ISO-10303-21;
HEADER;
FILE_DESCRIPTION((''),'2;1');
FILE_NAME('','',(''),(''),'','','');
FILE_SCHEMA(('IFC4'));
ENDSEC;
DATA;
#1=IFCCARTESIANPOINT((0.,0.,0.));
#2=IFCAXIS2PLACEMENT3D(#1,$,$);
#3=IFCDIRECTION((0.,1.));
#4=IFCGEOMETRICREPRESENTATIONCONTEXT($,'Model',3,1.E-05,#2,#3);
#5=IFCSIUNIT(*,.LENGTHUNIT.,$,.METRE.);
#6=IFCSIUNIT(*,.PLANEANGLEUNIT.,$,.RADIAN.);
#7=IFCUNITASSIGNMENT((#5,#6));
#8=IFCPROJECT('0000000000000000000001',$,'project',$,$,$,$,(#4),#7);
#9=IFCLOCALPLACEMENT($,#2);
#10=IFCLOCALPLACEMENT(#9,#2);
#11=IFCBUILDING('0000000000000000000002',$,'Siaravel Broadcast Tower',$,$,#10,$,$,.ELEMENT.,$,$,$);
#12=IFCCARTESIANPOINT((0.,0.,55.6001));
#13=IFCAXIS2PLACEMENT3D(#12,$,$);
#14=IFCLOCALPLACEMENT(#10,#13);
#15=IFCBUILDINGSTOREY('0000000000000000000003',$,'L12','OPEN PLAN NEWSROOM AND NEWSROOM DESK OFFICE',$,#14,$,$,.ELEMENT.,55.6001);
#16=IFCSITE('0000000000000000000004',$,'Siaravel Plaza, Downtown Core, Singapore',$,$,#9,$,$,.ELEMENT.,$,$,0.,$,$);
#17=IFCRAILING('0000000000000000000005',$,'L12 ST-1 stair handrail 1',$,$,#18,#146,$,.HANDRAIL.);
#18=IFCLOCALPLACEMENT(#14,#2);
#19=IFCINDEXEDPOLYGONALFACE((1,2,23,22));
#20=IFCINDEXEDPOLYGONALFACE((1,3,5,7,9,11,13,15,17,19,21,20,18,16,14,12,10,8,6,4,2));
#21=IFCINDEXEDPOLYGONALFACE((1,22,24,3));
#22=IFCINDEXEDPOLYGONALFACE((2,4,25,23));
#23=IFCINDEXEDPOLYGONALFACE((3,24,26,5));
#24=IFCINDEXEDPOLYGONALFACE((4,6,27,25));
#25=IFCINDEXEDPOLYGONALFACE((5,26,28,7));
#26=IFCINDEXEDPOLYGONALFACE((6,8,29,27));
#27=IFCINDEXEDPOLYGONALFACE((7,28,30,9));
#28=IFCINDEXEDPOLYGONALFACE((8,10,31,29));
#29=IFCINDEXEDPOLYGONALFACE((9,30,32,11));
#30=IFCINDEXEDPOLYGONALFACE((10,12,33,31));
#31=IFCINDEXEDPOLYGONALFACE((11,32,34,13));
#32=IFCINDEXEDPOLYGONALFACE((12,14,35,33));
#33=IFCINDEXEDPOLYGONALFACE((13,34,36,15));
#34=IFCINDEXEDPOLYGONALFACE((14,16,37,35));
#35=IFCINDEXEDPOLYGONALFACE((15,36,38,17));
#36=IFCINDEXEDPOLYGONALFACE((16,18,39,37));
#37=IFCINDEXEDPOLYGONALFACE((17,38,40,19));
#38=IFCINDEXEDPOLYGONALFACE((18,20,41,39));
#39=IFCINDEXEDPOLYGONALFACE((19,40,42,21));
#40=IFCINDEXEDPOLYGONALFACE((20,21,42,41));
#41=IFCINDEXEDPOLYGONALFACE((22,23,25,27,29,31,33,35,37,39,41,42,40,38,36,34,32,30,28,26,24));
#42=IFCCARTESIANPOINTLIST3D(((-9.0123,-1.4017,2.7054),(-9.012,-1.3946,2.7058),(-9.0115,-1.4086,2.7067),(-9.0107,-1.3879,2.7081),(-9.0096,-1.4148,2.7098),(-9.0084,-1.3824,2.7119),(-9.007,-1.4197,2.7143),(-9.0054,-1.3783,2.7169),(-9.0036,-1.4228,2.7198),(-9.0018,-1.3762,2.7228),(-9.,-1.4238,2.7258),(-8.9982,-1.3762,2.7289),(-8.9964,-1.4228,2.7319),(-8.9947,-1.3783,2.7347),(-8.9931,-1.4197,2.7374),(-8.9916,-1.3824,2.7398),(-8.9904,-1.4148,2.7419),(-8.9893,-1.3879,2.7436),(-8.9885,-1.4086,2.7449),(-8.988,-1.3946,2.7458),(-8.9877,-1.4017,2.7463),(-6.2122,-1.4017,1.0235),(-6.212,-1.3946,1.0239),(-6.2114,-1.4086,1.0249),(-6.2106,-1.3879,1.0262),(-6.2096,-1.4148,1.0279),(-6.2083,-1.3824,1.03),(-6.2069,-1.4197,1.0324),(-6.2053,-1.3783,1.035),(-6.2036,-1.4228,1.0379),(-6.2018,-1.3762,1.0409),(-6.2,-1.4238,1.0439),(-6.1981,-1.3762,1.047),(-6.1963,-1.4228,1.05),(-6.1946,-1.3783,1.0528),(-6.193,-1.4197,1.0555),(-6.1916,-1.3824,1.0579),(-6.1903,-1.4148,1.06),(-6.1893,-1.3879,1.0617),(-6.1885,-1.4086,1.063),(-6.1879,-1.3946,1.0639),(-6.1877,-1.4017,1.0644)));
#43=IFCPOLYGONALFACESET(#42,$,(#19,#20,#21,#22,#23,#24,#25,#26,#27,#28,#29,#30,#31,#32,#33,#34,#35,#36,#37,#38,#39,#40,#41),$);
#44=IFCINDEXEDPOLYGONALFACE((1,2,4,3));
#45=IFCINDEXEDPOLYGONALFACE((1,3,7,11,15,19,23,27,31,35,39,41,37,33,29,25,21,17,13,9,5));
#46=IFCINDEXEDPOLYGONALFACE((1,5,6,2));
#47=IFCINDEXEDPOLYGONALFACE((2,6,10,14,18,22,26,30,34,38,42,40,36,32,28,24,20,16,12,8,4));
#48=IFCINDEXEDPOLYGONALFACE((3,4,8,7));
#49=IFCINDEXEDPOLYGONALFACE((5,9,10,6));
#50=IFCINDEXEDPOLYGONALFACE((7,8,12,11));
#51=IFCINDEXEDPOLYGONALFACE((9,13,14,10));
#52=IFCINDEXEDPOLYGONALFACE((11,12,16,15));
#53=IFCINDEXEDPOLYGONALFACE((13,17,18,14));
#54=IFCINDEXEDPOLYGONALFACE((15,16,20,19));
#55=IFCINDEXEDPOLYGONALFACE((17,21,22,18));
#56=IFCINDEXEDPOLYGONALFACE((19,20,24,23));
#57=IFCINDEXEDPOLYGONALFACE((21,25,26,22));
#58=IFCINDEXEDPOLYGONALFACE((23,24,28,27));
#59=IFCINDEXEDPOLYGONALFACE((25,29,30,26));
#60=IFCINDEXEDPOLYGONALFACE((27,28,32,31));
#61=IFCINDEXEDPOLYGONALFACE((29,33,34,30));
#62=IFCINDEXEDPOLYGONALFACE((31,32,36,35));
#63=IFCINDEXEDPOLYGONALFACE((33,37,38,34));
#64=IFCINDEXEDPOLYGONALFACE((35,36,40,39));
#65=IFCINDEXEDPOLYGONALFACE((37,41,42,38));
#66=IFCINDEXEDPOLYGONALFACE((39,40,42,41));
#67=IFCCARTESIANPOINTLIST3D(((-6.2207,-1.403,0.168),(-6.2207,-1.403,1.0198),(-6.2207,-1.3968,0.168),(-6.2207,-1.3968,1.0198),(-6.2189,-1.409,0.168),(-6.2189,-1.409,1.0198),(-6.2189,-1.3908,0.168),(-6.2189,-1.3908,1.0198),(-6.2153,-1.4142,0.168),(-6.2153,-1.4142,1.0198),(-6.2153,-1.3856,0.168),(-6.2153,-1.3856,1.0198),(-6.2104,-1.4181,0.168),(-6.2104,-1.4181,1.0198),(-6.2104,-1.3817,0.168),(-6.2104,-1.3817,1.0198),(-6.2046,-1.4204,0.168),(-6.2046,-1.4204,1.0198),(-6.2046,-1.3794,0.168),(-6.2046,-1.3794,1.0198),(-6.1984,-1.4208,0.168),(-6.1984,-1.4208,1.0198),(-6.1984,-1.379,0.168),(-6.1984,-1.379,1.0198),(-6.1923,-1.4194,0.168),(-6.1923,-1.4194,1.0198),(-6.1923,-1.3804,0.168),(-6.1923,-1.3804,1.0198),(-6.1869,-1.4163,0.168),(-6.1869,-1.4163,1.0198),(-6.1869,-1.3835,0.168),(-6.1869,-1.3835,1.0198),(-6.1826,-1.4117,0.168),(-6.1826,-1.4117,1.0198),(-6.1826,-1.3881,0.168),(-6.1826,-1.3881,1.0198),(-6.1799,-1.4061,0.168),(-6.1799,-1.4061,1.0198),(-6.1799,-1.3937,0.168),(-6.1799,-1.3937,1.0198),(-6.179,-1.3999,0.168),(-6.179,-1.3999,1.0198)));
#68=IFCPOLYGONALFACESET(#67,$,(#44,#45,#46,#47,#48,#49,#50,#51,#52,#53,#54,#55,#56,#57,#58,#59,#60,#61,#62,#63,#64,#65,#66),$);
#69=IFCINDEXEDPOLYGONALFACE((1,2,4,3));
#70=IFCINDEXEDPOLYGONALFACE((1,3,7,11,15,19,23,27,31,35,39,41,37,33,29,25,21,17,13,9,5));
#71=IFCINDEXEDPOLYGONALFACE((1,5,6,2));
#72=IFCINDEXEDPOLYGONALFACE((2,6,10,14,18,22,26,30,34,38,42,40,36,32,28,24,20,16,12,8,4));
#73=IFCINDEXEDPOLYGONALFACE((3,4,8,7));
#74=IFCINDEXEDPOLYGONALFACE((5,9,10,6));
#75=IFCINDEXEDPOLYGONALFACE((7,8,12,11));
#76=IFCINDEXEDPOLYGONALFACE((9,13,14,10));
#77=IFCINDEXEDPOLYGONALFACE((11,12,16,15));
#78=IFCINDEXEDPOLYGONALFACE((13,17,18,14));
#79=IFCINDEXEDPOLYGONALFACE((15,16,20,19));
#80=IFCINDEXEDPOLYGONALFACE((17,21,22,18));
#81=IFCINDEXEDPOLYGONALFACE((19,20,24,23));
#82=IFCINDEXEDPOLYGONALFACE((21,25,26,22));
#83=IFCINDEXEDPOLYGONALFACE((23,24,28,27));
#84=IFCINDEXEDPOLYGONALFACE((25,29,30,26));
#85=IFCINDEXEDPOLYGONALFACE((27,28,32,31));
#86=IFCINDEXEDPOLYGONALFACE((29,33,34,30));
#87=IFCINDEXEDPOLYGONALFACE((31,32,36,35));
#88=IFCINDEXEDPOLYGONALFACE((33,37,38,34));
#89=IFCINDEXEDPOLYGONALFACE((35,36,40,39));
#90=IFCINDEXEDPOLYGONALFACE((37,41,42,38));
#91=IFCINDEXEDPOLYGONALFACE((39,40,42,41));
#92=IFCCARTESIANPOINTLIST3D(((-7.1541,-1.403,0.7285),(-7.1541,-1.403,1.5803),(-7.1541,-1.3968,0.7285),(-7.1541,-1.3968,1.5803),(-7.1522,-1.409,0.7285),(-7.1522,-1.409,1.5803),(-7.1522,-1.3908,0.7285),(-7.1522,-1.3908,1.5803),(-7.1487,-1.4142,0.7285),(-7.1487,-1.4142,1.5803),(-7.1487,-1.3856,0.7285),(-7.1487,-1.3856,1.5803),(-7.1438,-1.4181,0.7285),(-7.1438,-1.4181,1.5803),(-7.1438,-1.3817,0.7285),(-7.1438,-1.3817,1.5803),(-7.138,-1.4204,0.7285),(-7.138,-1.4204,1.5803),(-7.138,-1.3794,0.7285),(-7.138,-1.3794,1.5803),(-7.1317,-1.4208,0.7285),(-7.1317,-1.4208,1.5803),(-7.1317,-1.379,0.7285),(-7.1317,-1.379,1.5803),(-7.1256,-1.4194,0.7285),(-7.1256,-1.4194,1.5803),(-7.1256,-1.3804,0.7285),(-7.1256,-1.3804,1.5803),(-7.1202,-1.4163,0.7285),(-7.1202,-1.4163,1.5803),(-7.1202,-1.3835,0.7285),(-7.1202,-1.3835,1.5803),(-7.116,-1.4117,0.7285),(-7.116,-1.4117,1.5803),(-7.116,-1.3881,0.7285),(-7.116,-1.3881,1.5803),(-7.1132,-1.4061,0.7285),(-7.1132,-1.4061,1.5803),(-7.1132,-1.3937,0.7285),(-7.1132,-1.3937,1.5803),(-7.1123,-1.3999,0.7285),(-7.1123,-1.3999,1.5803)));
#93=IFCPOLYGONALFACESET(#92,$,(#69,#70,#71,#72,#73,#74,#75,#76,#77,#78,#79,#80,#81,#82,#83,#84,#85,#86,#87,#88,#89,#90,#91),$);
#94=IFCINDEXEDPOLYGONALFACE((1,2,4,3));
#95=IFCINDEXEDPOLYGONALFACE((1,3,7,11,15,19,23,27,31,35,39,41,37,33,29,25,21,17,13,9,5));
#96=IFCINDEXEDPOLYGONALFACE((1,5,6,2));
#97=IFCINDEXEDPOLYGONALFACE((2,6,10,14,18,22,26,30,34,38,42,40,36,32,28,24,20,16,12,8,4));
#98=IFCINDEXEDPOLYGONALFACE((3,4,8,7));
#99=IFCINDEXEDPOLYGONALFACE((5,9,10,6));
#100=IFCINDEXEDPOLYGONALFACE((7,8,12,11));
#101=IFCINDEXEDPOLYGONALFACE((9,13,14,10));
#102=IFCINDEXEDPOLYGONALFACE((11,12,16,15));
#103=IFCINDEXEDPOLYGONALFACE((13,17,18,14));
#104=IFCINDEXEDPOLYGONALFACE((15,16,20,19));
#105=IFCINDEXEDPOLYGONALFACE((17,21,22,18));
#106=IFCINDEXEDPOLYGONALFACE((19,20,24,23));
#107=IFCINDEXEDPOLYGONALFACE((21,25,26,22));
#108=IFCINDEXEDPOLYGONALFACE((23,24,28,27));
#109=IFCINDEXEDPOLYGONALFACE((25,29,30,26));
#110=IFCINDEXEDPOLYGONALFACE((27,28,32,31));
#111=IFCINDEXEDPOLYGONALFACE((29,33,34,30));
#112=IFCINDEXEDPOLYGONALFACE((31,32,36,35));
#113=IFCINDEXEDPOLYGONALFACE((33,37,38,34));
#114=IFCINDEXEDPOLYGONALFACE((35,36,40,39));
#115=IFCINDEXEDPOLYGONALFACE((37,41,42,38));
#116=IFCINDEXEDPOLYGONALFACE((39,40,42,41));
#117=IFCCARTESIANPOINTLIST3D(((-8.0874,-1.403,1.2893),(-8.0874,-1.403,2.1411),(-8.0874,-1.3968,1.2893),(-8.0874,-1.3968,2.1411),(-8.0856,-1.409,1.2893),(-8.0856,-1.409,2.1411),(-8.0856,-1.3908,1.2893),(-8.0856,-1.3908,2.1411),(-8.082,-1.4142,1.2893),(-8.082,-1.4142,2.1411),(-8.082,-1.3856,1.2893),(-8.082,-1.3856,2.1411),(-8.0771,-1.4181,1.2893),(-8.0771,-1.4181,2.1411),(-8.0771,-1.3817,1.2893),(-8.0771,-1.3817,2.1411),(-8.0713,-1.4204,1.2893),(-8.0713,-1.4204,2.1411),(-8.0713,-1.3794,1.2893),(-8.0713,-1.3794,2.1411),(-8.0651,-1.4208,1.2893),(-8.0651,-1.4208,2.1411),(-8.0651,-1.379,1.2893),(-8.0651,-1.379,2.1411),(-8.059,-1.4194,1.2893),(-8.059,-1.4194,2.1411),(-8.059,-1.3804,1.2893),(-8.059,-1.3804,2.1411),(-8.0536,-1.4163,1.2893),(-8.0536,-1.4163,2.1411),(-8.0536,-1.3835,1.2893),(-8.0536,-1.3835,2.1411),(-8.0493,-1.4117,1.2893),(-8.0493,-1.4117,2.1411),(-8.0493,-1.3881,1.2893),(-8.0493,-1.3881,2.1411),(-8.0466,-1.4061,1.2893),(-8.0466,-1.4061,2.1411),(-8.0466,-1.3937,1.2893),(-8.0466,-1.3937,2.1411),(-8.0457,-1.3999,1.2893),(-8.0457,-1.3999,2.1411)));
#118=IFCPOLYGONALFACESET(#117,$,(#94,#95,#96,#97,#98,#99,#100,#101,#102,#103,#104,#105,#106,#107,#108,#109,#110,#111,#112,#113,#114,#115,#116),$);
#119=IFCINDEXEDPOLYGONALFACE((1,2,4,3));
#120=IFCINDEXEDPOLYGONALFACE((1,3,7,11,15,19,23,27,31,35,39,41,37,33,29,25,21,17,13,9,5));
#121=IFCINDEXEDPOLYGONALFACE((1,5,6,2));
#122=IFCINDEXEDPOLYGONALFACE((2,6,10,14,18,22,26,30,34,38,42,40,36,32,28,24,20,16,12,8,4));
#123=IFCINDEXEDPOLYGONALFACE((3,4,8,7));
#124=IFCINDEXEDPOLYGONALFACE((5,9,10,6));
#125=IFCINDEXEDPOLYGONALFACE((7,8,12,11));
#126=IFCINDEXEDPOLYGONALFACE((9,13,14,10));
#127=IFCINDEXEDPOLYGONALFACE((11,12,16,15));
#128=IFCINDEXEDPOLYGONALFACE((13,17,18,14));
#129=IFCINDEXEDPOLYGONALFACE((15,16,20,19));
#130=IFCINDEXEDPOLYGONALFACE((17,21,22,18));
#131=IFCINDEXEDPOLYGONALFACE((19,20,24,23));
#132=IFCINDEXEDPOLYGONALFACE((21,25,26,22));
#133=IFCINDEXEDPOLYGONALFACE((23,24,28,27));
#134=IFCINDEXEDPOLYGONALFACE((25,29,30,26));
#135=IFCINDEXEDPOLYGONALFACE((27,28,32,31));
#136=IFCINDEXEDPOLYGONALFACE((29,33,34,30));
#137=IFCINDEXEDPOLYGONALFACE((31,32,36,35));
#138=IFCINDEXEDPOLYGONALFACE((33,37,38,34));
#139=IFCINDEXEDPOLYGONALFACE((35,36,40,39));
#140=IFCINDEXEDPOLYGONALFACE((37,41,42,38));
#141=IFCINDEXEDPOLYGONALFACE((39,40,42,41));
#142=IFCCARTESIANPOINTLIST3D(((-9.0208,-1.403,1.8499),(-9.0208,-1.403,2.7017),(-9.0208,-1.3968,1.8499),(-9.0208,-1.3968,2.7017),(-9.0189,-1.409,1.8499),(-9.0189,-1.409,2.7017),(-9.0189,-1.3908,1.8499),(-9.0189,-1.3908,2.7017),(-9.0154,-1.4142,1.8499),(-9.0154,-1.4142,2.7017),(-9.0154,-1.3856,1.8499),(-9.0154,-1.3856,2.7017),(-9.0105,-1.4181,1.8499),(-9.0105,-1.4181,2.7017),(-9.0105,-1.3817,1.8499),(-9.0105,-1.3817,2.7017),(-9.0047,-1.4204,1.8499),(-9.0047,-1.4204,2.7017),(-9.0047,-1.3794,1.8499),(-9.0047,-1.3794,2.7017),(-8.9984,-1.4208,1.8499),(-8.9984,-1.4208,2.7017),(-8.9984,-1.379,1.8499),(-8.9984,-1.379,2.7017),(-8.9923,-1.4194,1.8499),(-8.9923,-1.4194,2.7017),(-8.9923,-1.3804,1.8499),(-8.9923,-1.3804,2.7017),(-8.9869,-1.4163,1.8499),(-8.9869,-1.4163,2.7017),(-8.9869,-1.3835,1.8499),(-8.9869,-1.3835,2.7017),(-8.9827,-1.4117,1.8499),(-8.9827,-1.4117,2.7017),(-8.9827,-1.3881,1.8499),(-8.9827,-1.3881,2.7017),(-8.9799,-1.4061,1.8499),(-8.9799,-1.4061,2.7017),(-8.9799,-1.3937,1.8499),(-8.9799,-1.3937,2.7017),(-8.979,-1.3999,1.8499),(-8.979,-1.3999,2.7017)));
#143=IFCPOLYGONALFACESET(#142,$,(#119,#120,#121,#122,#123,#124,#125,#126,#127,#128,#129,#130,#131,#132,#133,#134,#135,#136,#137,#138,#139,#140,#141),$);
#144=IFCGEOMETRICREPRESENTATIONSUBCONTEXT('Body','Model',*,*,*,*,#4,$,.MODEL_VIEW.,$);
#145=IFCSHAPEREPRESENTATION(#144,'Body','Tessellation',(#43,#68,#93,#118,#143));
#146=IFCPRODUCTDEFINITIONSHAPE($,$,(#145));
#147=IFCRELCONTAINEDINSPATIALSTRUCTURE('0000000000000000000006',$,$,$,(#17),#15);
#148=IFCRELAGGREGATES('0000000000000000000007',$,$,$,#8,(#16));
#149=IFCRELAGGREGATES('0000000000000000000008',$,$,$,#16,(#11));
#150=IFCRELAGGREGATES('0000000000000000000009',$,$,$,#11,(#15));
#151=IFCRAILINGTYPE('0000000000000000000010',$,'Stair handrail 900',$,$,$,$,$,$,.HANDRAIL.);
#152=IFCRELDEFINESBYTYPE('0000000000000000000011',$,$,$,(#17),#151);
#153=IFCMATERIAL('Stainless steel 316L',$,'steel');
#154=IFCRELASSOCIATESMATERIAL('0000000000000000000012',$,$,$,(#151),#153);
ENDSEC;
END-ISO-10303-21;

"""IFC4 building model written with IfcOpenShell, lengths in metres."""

from ifc_helpers import new_model, si_unit, direction, frame, origin, origin_2d, place, context, subcontext, project, spatial, circle, extrude, material, type_object, element, save


model = new_model("IFC4")

# Units and contexts
model_context = context("Model", 3, precision=1e-05, world=origin(), true_north=direction((0.0, 1.0)))
body_context = subcontext(model_context, "Body", "Model", "MODEL_VIEW")
ifc_project = project(units=[si_unit("LENGTHUNIT", "METRE"), si_unit("PLANEANGLEUNIT", "RADIAN")], contexts=[model_context])

# Site, building, storey
site_placement = place(None, origin())
site = spatial("IfcSite", under=ifc_project, at=site_placement, Name="Siaravel Plaza, Downtown Core, Singapore", CompositionType="ELEMENT", RefElevation=0.0)
building_placement = place(site_placement, origin())
building = spatial("IfcBuilding", under=site, at=building_placement, Name="Siaravel Broadcast Tower", CompositionType="ELEMENT")
storey_placement = place(building_placement, frame((0.0, 0.0, 55.6001)))
storey = spatial("IfcBuildingStorey", under=building, at=storey_placement, Name="L12", Description="OPEN PLAN NEWSROOM AND NEWSROOM DESK OFFICE", CompositionType="ELEMENT", Elevation=55.6001)

# Railing
ifc_material_1 = material(Name="Stainless steel 316L", Category="steel")
railing_type_1 = type_object("IfcRailingType", Name="Stair handrail 900", PredefinedType="HANDRAIL", material=ifc_material_1)
railing_1_placement = place(storey_placement, frame((-6.2, -1.3999, 0.168)))
element("IfcRailing", 1, at=railing_1_placement, inside=storey, type_object=railing_type_1, Name="L12 ST-1 stair handrail 1", PredefinedType="HANDRAIL", context=body_context, shape_type="SweptSolid", body=[
    extrude(circle(Radius=0.0239, at=origin_2d()), frame((0.0, 0.0, 0.876), z_axis=(-0.857242, 0.0, 0.514913), x_axis=(0.0, -1.0, 0.0)), (0.0, 0.0, 1.0), 3.2664),
    extrude(circle(Radius=0.021, at=origin_2d()), origin(), (0.0, 0.0, 1.0), 0.8518),
    extrude(circle(Radius=0.021, at=origin_2d()), frame((-0.9333, 0.0, 0.5605)), (0.0, 0.0, 1.0), 0.8518),
    extrude(circle(Radius=0.021, at=origin_2d()), frame((-1.8667, 0.0, 1.1213)), (0.0, 0.0, 1.0), 0.8518),
    extrude(circle(Radius=0.021, at=origin_2d()), frame((-2.8, 0.0, 1.6819)), (0.0, 0.0, 1.0), 0.8518),
])

save(model, "model.ifc")
